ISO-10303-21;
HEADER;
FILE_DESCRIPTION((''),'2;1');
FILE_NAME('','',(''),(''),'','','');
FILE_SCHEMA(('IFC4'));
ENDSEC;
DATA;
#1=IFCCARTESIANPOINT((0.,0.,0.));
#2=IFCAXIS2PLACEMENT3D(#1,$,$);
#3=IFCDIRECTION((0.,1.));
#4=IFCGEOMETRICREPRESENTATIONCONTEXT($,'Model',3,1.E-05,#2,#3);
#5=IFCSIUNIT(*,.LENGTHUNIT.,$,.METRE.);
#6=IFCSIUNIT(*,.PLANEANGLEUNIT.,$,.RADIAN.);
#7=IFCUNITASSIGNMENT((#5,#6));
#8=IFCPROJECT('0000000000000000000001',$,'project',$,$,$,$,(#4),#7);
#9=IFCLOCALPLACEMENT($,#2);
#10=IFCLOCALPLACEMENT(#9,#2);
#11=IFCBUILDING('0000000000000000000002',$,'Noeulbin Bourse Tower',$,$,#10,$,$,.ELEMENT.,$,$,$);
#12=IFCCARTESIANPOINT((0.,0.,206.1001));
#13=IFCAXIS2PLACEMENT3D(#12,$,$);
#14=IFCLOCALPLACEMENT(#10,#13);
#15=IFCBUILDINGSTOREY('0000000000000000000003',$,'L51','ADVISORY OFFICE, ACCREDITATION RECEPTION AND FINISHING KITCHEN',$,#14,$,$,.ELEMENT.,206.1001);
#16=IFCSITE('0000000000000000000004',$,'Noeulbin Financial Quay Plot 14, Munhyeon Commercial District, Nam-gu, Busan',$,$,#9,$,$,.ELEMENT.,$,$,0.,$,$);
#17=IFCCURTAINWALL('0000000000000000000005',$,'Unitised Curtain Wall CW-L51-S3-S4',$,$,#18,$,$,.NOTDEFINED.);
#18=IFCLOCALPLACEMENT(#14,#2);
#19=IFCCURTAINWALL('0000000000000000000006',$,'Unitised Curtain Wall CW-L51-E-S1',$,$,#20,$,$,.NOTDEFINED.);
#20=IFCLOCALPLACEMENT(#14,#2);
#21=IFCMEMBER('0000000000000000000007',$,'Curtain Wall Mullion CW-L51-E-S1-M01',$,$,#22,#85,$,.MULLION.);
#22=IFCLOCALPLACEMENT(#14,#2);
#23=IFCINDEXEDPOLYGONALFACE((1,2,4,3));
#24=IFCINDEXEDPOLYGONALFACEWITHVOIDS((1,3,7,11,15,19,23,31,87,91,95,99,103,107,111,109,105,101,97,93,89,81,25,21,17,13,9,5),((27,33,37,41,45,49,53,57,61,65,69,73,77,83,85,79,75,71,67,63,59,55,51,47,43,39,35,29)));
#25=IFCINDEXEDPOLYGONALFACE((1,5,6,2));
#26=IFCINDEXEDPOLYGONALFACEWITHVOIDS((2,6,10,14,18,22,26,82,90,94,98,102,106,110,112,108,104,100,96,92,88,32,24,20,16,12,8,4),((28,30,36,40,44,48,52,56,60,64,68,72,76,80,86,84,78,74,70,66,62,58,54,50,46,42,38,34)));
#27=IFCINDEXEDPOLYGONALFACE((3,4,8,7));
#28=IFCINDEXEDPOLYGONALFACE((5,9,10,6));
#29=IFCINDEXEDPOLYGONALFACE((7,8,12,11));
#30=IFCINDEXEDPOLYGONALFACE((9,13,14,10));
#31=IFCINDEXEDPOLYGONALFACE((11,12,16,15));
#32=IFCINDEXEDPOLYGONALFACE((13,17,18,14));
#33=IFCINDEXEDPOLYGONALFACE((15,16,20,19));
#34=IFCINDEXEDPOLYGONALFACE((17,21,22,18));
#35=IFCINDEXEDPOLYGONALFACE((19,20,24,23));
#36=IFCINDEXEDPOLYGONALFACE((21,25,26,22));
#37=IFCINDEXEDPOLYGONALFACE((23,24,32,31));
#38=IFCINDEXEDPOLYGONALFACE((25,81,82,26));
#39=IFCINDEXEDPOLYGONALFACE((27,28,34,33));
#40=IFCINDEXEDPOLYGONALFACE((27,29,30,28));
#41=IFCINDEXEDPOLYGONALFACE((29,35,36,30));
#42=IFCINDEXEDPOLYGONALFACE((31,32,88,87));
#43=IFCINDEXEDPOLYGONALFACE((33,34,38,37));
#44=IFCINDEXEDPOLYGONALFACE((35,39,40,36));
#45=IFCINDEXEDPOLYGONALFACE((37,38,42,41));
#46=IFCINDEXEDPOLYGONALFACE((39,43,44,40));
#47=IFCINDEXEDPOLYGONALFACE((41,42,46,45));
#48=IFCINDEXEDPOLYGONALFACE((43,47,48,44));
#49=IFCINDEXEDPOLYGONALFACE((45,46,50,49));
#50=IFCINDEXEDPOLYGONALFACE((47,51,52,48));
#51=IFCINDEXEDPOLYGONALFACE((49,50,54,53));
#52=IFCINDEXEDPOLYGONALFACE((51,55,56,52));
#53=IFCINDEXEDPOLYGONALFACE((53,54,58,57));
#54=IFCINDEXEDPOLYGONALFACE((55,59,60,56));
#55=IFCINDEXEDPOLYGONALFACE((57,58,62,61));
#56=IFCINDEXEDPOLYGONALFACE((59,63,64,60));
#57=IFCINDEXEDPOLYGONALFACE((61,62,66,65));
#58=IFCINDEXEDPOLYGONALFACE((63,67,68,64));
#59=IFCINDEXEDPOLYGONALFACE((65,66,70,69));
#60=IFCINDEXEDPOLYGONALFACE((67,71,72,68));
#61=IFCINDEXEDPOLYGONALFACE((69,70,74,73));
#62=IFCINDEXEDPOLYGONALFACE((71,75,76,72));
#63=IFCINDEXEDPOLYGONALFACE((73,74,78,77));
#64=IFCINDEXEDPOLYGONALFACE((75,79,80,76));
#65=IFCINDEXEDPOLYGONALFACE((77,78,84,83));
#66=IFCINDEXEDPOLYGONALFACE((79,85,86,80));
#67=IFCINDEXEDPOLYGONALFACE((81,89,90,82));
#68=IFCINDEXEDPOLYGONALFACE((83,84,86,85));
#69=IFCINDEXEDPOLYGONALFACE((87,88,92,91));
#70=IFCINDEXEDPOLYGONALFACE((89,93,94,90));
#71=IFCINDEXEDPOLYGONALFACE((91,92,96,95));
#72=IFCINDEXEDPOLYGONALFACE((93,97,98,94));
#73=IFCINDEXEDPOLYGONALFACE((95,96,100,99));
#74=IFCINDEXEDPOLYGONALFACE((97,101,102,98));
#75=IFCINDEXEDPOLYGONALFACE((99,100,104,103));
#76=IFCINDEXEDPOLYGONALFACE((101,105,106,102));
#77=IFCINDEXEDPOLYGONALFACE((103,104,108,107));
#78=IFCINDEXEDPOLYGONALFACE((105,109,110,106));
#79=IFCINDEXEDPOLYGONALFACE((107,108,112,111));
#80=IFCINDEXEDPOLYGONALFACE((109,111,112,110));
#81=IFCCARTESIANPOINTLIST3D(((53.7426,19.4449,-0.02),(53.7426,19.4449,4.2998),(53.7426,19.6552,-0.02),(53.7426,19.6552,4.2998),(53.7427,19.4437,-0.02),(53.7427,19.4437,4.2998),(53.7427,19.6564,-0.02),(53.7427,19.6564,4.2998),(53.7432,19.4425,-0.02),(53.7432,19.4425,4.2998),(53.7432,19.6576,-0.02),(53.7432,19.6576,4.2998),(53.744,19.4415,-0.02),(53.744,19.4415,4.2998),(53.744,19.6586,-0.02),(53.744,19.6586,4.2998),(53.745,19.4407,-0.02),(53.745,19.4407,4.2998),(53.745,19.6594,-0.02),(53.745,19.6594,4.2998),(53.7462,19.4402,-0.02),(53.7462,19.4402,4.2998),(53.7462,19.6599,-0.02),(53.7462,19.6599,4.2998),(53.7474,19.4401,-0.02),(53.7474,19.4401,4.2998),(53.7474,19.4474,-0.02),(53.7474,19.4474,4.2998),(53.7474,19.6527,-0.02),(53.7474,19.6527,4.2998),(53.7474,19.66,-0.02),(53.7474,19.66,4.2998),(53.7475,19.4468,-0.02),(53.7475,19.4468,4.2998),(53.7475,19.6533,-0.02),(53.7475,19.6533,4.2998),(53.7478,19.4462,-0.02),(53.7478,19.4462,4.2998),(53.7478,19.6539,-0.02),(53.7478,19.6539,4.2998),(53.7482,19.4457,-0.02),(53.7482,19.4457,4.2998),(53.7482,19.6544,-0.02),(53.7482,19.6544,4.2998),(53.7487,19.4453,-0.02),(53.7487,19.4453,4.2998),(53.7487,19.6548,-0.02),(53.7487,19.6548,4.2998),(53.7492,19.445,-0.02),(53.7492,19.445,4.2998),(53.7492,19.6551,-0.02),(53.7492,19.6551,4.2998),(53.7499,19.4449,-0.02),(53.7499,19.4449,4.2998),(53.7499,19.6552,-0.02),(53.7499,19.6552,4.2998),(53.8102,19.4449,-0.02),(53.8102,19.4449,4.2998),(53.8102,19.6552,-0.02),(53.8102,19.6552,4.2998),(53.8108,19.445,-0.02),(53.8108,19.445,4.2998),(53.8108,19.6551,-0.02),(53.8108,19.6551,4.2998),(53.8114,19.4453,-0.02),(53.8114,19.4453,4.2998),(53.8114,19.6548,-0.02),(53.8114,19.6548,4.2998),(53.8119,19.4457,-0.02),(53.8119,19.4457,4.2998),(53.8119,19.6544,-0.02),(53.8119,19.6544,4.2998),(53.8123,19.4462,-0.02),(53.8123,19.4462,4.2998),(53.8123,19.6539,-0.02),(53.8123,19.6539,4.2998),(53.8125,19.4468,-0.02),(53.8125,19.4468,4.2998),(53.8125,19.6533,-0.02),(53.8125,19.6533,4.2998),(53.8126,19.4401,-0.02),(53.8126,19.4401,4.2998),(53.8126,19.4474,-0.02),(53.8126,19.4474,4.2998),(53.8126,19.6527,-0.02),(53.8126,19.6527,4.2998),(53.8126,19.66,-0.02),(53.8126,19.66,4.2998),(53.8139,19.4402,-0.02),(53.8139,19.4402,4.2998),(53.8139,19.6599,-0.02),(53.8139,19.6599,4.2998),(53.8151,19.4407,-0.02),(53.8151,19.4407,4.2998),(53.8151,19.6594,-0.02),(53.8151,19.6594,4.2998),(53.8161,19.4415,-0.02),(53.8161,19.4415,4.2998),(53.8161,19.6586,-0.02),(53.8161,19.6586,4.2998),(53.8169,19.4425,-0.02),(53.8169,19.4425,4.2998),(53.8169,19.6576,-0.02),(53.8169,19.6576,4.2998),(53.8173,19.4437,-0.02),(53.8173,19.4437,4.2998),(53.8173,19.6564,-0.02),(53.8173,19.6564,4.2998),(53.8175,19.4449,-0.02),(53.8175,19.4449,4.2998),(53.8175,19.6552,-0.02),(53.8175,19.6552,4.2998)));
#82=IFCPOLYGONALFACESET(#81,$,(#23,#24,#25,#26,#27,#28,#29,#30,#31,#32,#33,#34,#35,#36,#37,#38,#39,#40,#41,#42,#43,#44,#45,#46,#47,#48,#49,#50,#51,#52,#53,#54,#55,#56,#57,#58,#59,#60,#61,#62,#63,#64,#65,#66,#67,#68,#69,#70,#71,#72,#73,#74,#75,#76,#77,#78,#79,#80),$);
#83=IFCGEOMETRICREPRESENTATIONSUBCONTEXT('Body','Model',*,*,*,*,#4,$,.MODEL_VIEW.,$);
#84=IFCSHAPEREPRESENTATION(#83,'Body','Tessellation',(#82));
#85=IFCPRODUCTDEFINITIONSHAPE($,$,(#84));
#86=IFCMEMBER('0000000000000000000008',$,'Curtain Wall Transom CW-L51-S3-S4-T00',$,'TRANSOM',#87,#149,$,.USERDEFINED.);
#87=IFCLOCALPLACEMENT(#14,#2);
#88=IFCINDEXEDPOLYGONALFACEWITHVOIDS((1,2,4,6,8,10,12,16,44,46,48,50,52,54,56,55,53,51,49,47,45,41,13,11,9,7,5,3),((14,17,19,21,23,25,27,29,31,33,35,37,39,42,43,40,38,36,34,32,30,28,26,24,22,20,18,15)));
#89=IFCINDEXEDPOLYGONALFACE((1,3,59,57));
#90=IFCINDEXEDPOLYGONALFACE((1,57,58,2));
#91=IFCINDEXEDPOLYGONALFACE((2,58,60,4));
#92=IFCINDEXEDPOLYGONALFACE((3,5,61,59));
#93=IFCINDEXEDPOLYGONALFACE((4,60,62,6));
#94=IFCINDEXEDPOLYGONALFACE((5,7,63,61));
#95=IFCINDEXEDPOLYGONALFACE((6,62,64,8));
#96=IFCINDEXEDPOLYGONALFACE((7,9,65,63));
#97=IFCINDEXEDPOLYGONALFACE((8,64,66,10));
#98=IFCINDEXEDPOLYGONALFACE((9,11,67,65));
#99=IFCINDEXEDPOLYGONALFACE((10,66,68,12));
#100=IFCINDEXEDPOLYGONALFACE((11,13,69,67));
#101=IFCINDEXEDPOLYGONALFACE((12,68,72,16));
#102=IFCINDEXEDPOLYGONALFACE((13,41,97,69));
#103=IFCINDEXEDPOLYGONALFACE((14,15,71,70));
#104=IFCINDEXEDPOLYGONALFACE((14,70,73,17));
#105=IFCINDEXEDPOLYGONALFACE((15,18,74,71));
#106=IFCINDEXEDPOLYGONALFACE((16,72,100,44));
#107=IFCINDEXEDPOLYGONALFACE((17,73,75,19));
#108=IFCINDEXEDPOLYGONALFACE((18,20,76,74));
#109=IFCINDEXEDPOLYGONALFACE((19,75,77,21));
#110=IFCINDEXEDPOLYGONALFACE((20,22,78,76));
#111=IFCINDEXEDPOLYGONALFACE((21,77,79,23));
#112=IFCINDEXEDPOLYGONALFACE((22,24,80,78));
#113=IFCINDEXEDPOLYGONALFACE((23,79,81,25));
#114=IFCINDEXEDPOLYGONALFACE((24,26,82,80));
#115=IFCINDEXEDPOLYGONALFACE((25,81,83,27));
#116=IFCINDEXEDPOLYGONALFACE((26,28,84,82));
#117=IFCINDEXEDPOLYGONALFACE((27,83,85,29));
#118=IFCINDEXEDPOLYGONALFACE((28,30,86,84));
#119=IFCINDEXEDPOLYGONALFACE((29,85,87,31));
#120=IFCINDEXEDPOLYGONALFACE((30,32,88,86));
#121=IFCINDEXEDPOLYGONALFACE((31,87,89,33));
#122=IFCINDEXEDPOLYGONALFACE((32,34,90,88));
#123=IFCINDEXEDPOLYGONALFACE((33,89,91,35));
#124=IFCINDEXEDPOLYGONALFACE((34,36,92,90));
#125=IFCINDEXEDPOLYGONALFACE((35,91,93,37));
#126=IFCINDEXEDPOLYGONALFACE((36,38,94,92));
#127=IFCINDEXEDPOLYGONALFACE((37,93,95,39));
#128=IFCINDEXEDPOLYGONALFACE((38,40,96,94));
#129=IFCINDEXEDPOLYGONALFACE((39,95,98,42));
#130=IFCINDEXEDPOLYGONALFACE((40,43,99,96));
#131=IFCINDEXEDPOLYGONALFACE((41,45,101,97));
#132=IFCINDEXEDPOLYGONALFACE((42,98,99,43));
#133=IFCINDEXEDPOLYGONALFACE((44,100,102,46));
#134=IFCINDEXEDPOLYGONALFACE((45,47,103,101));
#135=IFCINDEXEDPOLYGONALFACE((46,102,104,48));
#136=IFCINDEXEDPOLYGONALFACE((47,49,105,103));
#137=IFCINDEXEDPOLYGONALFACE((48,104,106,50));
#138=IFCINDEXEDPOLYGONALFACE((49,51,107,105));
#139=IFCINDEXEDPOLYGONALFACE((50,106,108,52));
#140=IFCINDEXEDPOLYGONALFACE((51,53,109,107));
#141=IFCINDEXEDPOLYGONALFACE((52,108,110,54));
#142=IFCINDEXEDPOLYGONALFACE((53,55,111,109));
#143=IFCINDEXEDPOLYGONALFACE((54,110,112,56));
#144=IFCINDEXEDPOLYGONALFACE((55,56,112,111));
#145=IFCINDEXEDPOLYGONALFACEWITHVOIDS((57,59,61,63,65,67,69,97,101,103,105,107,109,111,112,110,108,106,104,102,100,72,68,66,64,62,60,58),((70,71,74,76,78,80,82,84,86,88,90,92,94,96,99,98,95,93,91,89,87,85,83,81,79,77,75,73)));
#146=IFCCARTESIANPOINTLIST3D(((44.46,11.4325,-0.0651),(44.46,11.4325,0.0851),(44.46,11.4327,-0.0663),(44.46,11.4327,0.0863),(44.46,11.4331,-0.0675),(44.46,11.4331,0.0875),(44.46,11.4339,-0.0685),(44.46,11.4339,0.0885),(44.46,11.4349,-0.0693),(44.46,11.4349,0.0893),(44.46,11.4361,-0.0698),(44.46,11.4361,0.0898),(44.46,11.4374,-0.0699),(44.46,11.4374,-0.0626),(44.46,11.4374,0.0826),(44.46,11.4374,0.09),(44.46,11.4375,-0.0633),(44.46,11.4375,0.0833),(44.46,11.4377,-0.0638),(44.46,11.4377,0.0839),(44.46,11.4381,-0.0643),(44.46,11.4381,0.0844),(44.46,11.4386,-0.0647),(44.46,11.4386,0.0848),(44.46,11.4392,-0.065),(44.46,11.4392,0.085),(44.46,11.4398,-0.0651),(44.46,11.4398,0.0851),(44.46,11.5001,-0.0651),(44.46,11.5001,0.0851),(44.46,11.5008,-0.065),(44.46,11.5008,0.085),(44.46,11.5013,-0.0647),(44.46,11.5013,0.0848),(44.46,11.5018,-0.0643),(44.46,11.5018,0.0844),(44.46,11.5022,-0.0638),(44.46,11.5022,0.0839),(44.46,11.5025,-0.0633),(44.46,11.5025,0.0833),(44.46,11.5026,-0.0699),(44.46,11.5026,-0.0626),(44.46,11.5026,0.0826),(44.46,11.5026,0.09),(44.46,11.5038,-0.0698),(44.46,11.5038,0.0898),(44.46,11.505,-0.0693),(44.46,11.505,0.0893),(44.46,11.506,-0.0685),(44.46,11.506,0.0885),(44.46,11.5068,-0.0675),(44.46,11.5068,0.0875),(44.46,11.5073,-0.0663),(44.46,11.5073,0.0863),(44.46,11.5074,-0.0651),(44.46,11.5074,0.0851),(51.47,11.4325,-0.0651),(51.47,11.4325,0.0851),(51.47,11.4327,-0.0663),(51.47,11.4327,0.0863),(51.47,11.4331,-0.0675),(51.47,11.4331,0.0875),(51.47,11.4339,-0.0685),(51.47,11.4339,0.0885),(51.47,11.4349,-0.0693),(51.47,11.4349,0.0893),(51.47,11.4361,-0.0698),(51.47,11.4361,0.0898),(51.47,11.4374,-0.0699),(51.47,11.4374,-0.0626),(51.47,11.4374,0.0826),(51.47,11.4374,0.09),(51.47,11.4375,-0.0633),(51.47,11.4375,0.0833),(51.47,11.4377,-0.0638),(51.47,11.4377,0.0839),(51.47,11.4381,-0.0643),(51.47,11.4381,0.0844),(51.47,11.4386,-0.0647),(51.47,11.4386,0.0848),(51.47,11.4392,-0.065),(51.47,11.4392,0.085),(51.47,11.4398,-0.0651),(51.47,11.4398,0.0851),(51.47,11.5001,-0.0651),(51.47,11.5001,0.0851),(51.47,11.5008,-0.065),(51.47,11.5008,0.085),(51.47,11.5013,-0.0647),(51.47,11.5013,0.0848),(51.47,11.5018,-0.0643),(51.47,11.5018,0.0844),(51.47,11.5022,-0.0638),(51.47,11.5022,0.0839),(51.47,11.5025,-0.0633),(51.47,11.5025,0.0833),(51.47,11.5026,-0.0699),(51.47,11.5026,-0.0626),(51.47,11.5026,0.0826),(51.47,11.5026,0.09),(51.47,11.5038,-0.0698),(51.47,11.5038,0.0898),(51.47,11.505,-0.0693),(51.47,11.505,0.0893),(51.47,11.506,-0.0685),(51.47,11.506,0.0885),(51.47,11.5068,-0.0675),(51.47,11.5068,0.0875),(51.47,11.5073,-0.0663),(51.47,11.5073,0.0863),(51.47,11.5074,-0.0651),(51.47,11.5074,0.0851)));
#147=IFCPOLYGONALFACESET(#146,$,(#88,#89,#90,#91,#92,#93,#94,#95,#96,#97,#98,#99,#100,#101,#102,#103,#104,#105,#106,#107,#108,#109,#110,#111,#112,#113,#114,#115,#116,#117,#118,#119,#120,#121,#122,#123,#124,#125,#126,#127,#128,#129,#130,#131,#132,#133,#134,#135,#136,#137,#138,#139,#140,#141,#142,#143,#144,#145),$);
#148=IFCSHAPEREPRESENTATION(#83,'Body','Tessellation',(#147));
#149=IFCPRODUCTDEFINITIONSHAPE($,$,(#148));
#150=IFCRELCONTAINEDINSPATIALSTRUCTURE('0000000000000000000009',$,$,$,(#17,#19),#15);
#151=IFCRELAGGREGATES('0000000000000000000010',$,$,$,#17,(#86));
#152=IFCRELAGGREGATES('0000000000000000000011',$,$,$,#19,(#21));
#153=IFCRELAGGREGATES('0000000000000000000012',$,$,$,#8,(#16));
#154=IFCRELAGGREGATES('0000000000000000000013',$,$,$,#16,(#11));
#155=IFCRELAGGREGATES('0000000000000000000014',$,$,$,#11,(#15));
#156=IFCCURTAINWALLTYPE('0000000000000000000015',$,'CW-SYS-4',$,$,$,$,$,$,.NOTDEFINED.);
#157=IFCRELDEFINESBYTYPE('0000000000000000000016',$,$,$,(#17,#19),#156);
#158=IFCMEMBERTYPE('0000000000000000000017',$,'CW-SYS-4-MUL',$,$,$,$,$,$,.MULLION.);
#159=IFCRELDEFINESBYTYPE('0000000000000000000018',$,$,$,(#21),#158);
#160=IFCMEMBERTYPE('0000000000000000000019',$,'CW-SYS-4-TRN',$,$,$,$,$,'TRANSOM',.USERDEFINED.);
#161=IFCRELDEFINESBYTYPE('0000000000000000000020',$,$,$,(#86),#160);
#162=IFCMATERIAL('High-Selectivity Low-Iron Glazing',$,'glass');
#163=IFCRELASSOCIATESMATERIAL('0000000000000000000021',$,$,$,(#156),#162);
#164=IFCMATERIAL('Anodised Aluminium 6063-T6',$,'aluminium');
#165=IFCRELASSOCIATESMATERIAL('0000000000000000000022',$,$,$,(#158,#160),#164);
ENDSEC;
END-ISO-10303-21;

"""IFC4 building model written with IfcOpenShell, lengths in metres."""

from ifc_helpers import new_model, si_unit, direction, frame, origin, origin_2d, place, context, subcontext, project, spatial, hollow_rectangle, extrude, material, material_profile, profile_set, type_object, element, aggregate, save


model = new_model("IFC4")

# Units and contexts
model_context = context("Model", 3, precision=1e-05, world=origin(), true_north=direction((0.0, 1.0)))
body_context = subcontext(model_context, "Body", "Model", "MODEL_VIEW")
ifc_project = project(units=[si_unit("LENGTHUNIT", "METRE"), si_unit("PLANEANGLEUNIT", "RADIAN")], contexts=[model_context])

# Site, building, storey
site_placement = place(None, origin())
site = spatial("IfcSite", under=ifc_project, at=site_placement, Name="Noeulbin Financial Quay Plot 14, Munhyeon Commercial District, Nam-gu, Busan", CompositionType="ELEMENT", RefElevation=0.0)
building_placement = place(site_placement, origin())
building = spatial("IfcBuilding", under=site, at=building_placement, Name="Noeulbin Bourse Tower", CompositionType="ELEMENT")
storey_placement = place(building_placement, frame((0.0, 0.0, 206.1001)))
storey = spatial("IfcBuildingStorey", under=building, at=storey_placement, Name="L51", Description="ADVISORY OFFICE, ACCREDITATION RECEPTION AND FINISHING KITCHEN", CompositionType="ELEMENT", Elevation=206.1001)

# Curtain walls, member
ifc_material_1 = material(Name="High-Selectivity Low-Iron Glazing", Category="glass")
curtain_wall_type = type_object("IfcCurtainWallType", Name="CW-SYS-4", PredefinedType="NOTDEFINED", material=ifc_material_1)
curtain_wall_1_placement = place(storey_placement, origin())
curtain_wall_1 = element("IfcCurtainWall", 1, at=curtain_wall_1_placement, inside=storey, type_object=curtain_wall_type, Name="Unitised Curtain Wall CW-L51-S3-S4", PredefinedType="NOTDEFINED")
ifc_material_2 = material(Name="Anodised Aluminium 6063-T6", Category="aluminium")
ifc_material_profile_1 = material_profile(ifc_material_2, hollow_rectangle(XDim=0.075, YDim=0.22, WallThickness=0.0049, InnerFilletRadius=0.0024, OuterFilletRadius=0.0049, at=origin_2d()), Name="ALU-MULL-75x220x5", Category="LoadBearing")
ifc_profile_set_1 = profile_set([ifc_material_profile_1], Name="Anodised Aluminium 6063-T6")
member_type_1 = type_object("IfcMemberType", Name="CW-SYS-4-MUL", PredefinedType="MULLION", material=ifc_profile_set_1)
curtain_wall_2_placement = place(storey_placement, origin())
curtain_wall_2 = element("IfcCurtainWall", 2, at=curtain_wall_2_placement, inside=storey, type_object=curtain_wall_type, Name="Unitised Curtain Wall CW-L51-E-S1", PredefinedType="NOTDEFINED")
member_1_placement = place(storey_placement, frame((53.78, 19.55, -0.02), z_axis=(0.0, 0.0, 1.0), x_axis=(1.0, 0.0, 0.0)))
member_1 = element("IfcMember", 3, at=member_1_placement, type_object=member_type_1, Name="Curtain Wall Mullion CW-L51-E-S1-M01", PredefinedType="MULLION", context=body_context, shape_type="SweptSolid", body=[
    extrude(hollow_rectangle(XDim=0.075, YDim=0.22, WallThickness=0.0049, InnerFilletRadius=0.0024, OuterFilletRadius=0.0049, at=origin_2d()), origin(), (0.0, 0.0, 1.0), 4.3198),
])

# Member
ifc_material_profile_2 = material_profile(ifc_material_2, hollow_rectangle(XDim=0.075, YDim=0.1599, WallThickness=0.0049, InnerFilletRadius=0.0024, OuterFilletRadius=0.0049, at=origin_2d()), Name="ALU-TRAN-75x160x5", Category="LoadBearing")
ifc_profile_set_2 = profile_set([ifc_material_profile_2], Name="Anodised Aluminium 6063-T6")
member_type_2 = type_object("IfcMemberType", Name="CW-SYS-4-TRN", ElementType="TRANSOM", PredefinedType="USERDEFINED", material=ifc_profile_set_2)
member_2_placement = place(storey_placement, frame((44.46, 11.47, 0.01), z_axis=(1.0, 0.0, 0.0), x_axis=(0.0, 1.0, 0.0)))
member_2 = element("IfcMember", 4, at=member_2_placement, type_object=member_type_2, Name="Curtain Wall Transom CW-L51-S3-S4-T00", ObjectType="TRANSOM", PredefinedType="USERDEFINED", context=body_context, shape_type="SweptSolid", body=[
    extrude(hollow_rectangle(XDim=0.075, YDim=0.1599, WallThickness=0.0049, InnerFilletRadius=0.0024, OuterFilletRadius=0.0049, at=origin_2d()), origin(), (0.0, 0.0, 1.0), 7.01),
])

aggregate(curtain_wall_1, [member_2])
aggregate(curtain_wall_2, [member_1])

save(model, "model.ifc")
